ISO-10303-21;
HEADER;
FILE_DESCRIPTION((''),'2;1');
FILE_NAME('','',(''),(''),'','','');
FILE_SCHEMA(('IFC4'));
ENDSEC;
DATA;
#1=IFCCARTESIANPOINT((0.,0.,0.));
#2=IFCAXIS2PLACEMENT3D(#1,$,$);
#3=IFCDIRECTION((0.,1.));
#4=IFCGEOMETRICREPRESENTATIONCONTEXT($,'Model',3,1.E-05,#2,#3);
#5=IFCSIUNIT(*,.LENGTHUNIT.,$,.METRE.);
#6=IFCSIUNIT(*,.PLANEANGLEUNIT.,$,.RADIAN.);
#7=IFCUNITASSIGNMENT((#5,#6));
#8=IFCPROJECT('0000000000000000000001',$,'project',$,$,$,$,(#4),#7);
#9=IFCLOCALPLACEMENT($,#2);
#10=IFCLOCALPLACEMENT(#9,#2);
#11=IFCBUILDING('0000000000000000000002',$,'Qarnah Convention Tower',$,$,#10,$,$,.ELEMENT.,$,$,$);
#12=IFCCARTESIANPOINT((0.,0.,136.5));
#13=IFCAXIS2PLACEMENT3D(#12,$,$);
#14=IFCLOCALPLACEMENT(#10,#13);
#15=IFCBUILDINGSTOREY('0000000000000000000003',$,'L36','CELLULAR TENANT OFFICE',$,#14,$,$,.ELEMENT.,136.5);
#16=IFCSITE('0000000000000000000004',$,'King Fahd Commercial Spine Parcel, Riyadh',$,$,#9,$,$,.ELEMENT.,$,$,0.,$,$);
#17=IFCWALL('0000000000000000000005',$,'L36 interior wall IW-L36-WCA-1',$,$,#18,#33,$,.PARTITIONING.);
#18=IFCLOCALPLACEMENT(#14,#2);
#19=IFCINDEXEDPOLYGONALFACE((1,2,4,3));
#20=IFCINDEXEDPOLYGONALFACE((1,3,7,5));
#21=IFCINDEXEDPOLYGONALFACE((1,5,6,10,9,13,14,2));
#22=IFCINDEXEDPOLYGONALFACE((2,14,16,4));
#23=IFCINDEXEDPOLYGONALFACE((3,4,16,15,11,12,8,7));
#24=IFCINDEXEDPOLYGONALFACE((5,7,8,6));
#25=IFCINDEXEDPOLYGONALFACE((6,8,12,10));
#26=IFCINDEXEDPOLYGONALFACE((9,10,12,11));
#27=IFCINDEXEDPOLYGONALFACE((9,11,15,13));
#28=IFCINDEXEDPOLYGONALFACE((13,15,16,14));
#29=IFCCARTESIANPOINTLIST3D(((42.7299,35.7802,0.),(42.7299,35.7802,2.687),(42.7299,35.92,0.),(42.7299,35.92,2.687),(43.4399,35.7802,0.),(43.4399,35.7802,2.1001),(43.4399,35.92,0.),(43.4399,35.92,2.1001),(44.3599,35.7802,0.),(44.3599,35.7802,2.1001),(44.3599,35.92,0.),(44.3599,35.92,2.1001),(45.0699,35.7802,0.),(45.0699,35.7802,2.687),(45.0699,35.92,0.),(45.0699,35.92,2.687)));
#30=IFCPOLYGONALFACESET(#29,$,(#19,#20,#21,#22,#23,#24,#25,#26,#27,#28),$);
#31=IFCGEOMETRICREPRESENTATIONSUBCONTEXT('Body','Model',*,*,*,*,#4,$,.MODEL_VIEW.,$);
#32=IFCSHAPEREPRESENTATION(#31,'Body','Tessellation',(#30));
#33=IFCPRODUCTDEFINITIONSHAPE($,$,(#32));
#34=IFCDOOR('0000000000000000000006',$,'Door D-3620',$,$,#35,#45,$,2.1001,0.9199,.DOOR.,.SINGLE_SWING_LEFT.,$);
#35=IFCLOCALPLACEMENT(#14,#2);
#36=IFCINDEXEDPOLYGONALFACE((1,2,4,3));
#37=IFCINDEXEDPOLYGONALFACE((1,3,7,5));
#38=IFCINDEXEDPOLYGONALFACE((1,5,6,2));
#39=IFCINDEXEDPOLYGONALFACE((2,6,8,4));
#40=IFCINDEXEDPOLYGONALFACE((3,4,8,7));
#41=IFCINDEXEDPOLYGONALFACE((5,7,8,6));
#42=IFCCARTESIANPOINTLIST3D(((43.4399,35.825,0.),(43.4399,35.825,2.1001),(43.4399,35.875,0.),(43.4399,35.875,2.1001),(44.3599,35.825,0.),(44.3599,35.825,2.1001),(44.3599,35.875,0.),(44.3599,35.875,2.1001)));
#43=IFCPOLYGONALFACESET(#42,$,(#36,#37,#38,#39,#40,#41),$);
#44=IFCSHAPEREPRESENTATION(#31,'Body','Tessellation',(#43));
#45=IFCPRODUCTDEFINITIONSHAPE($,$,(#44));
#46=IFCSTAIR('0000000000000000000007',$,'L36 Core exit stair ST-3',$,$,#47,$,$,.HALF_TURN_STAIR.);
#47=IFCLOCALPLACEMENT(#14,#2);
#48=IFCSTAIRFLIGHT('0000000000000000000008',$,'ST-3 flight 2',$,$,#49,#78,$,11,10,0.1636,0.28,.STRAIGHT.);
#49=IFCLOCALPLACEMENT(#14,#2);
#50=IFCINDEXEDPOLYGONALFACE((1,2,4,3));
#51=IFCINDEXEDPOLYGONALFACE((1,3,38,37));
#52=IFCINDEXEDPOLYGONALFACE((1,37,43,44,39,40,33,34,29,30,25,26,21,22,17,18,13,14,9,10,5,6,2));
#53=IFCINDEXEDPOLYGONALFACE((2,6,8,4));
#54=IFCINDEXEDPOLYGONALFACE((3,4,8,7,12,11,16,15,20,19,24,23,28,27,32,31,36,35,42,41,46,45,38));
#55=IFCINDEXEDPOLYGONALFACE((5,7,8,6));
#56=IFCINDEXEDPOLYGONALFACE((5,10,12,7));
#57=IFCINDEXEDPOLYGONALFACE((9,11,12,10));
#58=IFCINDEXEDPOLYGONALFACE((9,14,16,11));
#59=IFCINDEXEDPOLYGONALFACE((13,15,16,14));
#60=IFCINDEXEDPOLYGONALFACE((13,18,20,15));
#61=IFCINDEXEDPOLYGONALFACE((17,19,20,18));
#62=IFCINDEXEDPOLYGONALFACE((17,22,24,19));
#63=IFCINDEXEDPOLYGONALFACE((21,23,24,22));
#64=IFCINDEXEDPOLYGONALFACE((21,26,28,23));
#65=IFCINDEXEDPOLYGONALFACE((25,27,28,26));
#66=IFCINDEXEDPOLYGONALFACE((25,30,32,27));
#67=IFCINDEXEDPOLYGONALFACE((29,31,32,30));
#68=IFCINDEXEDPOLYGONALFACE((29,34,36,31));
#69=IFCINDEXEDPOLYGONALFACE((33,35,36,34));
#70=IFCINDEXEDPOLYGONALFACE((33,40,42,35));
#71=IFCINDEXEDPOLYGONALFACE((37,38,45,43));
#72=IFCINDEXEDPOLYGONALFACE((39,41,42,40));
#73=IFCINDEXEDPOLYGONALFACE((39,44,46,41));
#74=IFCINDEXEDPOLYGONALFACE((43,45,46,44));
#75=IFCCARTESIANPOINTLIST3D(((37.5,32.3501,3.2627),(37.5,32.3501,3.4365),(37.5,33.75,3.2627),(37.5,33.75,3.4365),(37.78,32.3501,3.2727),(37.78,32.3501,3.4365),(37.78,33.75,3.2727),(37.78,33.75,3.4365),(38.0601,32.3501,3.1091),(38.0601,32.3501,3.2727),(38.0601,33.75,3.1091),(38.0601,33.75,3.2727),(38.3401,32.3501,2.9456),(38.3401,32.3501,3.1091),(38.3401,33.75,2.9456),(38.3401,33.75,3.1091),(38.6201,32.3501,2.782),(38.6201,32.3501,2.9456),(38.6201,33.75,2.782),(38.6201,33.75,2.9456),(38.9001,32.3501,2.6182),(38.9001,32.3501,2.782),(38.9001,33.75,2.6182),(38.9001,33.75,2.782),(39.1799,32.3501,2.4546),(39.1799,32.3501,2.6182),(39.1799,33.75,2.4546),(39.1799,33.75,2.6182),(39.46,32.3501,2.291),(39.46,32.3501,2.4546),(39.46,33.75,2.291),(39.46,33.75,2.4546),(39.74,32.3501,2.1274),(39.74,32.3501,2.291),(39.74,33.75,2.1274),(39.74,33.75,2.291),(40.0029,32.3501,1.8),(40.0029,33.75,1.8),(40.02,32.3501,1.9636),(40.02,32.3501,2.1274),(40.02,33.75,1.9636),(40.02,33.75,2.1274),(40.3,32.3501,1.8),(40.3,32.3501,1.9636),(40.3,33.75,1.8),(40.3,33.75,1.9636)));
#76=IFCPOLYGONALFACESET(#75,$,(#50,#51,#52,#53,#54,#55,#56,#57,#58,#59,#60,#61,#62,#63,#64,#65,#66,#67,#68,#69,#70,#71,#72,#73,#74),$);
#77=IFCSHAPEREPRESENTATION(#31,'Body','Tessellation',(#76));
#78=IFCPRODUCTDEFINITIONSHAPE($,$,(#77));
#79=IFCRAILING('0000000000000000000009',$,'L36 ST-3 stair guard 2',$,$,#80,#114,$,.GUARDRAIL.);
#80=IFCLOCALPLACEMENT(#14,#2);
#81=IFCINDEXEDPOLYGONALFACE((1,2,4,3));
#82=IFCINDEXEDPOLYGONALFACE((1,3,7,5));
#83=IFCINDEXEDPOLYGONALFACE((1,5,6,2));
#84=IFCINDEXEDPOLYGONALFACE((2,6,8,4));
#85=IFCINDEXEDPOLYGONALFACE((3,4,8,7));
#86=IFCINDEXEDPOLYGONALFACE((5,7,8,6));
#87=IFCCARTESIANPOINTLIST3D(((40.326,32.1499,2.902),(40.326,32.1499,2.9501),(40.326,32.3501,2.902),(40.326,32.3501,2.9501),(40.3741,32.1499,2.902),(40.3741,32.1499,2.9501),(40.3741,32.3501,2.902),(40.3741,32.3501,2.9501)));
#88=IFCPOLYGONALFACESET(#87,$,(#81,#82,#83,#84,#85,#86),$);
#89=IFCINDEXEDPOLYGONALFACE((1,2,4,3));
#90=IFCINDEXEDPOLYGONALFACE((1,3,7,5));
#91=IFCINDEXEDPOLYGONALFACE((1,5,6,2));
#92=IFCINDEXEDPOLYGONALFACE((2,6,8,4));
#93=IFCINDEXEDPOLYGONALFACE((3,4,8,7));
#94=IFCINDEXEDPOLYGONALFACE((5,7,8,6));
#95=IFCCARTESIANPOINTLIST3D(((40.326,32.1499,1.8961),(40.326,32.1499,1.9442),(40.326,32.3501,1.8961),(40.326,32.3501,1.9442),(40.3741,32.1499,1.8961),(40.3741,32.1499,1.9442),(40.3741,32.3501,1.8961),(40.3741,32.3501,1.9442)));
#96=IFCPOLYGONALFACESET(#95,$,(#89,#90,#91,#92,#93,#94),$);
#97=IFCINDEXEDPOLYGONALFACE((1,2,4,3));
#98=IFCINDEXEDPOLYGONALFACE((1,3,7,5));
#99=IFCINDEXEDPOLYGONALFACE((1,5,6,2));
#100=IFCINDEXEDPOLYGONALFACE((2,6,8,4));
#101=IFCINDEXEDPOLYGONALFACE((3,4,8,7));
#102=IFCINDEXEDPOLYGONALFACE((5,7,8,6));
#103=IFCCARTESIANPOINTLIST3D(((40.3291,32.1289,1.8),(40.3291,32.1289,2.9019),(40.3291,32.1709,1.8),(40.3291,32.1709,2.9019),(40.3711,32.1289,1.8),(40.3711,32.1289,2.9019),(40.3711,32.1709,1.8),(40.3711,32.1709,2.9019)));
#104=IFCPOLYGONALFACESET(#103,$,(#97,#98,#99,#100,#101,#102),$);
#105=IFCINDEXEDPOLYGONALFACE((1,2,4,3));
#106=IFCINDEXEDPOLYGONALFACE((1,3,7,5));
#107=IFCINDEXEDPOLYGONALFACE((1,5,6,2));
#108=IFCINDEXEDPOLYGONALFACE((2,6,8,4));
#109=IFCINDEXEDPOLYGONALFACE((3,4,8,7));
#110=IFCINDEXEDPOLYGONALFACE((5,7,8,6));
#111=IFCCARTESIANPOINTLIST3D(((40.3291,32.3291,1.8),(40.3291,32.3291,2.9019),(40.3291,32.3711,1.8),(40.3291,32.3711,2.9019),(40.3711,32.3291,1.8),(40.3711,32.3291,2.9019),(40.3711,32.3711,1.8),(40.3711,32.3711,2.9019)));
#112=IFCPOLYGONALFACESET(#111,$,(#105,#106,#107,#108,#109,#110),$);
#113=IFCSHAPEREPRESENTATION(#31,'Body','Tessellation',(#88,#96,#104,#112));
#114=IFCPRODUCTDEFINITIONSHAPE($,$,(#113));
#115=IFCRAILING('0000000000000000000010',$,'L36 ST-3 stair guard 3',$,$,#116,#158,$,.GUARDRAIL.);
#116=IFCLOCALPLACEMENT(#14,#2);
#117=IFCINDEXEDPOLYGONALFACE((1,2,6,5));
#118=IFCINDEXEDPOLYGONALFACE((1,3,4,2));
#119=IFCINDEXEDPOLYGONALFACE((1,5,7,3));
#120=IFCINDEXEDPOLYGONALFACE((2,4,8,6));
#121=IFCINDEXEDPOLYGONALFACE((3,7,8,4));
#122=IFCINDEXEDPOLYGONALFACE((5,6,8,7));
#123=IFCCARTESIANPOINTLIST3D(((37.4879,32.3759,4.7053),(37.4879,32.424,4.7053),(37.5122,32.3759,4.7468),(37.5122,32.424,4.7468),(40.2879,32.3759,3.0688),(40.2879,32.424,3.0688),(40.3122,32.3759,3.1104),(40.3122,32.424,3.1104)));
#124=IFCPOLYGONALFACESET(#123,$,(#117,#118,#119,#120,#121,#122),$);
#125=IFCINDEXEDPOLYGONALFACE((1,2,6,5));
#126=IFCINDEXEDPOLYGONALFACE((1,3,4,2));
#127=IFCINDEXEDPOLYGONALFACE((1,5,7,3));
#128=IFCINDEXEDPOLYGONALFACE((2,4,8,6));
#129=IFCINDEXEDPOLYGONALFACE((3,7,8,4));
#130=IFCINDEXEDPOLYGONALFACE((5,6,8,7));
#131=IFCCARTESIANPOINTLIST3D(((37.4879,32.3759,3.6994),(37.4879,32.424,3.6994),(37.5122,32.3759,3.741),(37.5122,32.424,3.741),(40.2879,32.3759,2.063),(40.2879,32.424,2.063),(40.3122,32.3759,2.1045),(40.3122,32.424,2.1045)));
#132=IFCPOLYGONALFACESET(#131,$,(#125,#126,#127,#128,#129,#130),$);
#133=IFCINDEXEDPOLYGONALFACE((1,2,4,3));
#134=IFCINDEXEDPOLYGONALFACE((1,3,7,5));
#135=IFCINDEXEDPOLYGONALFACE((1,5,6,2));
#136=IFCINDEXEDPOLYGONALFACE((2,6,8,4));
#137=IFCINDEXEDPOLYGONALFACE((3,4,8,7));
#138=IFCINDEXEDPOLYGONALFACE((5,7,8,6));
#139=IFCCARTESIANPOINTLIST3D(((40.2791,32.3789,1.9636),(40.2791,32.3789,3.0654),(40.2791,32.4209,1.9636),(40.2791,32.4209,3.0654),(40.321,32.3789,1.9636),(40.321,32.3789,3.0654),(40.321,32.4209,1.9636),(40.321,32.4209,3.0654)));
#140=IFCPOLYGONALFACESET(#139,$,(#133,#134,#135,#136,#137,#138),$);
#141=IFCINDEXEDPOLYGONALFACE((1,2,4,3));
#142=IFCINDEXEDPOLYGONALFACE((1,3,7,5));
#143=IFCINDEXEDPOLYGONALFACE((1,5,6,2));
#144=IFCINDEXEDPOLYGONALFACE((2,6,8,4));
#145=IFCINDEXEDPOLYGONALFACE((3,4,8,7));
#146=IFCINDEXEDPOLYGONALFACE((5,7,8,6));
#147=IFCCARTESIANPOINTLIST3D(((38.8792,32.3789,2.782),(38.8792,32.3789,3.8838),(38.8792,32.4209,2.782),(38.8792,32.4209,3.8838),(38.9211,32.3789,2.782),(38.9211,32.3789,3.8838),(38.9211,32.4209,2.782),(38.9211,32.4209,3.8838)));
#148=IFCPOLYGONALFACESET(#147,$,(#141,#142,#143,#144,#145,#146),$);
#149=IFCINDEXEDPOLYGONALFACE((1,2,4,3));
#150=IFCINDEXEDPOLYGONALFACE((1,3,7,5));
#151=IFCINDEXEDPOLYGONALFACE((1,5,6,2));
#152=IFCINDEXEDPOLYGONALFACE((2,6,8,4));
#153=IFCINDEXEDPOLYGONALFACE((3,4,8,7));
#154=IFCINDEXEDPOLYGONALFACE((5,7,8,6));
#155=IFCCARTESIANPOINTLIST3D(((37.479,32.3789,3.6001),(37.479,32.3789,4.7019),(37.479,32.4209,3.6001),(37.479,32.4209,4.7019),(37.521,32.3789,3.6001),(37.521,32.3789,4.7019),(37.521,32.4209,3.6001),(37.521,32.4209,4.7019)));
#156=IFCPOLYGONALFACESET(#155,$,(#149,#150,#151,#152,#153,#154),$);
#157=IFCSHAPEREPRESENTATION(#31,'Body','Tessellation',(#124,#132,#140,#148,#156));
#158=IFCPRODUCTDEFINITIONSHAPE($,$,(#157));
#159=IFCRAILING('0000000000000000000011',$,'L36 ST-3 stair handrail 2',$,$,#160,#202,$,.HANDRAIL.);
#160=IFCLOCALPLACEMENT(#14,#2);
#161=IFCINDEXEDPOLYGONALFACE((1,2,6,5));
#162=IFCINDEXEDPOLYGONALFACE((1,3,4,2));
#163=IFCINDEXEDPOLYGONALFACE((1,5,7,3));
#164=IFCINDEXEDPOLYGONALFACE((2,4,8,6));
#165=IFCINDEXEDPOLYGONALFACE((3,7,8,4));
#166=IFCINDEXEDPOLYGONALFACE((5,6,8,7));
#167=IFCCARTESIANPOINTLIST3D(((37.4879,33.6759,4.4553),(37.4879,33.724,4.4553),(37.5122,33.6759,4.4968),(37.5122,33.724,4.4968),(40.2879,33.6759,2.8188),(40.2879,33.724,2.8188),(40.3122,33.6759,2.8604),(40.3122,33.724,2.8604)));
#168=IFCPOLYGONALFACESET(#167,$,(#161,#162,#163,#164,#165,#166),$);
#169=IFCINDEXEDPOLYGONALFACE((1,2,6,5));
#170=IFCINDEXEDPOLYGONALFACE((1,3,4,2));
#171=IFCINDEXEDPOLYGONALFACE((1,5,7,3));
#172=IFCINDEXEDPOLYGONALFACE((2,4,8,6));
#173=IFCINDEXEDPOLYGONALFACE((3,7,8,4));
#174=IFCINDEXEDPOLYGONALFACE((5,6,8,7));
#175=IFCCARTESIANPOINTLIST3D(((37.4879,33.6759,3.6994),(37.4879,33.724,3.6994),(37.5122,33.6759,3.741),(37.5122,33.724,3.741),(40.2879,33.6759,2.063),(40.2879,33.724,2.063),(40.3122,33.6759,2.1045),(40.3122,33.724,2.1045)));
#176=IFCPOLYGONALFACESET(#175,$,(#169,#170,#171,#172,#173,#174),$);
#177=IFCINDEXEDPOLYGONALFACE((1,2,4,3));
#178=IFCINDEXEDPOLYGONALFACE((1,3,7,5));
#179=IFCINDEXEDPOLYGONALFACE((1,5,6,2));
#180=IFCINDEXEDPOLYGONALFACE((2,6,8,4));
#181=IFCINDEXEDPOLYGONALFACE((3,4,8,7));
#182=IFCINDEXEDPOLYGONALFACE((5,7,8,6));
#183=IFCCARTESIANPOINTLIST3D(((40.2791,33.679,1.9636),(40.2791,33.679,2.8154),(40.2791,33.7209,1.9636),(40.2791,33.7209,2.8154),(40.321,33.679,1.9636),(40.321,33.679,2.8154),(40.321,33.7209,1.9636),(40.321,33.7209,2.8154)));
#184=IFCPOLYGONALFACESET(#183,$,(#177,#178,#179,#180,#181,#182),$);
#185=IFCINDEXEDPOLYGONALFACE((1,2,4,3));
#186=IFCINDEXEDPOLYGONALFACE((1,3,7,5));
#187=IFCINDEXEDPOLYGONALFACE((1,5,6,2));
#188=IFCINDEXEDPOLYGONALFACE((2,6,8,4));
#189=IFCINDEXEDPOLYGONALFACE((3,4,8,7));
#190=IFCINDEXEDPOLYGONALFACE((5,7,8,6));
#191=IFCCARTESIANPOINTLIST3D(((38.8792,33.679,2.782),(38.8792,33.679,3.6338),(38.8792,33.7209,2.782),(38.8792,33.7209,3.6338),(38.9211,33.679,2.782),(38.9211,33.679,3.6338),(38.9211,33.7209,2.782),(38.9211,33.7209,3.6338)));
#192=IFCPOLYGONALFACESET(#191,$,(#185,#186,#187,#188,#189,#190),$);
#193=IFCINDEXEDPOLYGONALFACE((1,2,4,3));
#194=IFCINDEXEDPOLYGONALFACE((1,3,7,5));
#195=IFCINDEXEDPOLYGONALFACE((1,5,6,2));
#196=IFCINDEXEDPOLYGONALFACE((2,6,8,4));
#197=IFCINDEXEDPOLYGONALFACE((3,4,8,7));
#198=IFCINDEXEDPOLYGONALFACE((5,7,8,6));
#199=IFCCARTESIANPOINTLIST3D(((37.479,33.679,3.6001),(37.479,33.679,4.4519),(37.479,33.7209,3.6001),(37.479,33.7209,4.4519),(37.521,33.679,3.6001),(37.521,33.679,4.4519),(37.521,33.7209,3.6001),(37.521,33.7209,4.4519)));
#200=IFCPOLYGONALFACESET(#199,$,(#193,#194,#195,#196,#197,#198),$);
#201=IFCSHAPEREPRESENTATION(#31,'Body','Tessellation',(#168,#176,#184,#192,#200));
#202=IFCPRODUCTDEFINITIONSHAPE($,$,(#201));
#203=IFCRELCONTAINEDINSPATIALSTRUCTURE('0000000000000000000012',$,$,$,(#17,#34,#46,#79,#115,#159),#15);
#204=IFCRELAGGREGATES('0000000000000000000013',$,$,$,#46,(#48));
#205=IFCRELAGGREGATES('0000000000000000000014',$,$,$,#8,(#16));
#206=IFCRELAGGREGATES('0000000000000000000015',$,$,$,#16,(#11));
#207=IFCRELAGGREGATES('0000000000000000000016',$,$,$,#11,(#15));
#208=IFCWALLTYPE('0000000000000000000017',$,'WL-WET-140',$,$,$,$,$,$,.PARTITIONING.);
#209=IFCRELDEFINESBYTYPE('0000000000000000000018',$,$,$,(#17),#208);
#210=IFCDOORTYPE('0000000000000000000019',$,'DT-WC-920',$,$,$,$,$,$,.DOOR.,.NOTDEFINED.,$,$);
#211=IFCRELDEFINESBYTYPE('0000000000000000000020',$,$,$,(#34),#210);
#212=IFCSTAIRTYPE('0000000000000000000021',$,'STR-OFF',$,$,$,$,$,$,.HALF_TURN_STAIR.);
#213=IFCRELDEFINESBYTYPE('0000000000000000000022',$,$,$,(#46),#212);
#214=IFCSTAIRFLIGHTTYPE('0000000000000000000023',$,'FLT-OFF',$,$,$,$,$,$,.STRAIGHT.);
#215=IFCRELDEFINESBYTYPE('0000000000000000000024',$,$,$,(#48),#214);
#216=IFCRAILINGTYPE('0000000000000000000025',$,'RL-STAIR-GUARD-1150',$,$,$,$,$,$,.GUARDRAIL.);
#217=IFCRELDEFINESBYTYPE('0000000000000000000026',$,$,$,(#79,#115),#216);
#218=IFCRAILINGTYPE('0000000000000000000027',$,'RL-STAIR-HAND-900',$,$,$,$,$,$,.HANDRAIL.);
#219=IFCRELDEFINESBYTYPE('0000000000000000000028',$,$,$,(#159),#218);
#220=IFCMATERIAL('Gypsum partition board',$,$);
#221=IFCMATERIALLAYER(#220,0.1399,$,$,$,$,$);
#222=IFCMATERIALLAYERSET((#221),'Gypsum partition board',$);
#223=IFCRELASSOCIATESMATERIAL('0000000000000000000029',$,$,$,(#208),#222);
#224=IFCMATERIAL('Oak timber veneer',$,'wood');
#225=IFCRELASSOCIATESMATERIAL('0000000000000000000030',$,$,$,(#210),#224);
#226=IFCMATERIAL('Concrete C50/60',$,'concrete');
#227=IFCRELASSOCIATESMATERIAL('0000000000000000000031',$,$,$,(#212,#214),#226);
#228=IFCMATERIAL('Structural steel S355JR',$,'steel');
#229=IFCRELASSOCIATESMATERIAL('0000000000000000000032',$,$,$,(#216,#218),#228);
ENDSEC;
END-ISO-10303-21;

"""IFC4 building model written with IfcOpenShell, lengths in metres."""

from ifc_helpers import new_model, si_unit, direction, frame, frame_2d, origin, origin_2d, place, context, subcontext, project, spatial, polyline, rectangle, outline, extrude, material, layer, layer_set, type_object, element, fill, aggregate, save


model = new_model("IFC4")

# Units and contexts
model_context = context("Model", 3, precision=1e-05, world=origin(), true_north=direction((0.0, 1.0)))
body_context = subcontext(model_context, "Body", "Model", "MODEL_VIEW")
ifc_project = project(units=[si_unit("LENGTHUNIT", "METRE"), si_unit("PLANEANGLEUNIT", "RADIAN")], contexts=[model_context])

# Site, building, storey
site_placement = place(None, origin())
site = spatial("IfcSite", under=ifc_project, at=site_placement, Name="King Fahd Commercial Spine Parcel, Riyadh", CompositionType="ELEMENT", RefElevation=0.0)
building_placement = place(site_placement, origin())
building = spatial("IfcBuilding", under=site, at=building_placement, Name="Qarnah Convention Tower", CompositionType="ELEMENT")
storey_placement = place(building_placement, frame((0.0, 0.0, 136.5)))
storey = spatial("IfcBuildingStorey", under=building, at=storey_placement, Name="L36", Description="CELLULAR TENANT OFFICE", CompositionType="ELEMENT", Elevation=136.5)

# Shared definitions
ifc_material_1 = material(Name="Structural steel S355JR", Category="steel")

# Shared definitions
ifc_material_2 = material(Name="Gypsum partition board")

# Shared definitions
ifc_layer_1 = layer(ifc_material_2, 0.1399)
ifc_layer_set_1 = layer_set([ifc_layer_1], Name="Gypsum partition board")
wall_type_1 = type_object("IfcWallType", Name="WL-WET-140", PredefinedType="PARTITIONING", material=ifc_layer_set_1)
ifc_material_3 = material(Name="Oak timber veneer", Category="wood")
door_type_1 = type_object("IfcDoorType", Name="DT-WC-920", OperationType="NOTDEFINED", PredefinedType="DOOR", material=ifc_material_3)

# Wall, opening, door
wall_1_placement = place(storey_placement, frame((42.73, 35.8501, 0.0), z_axis=(0.0, 0.0, 1.0), x_axis=(1.0, 0.0, 0.0)))
wall_1 = element("IfcWall", 1, at=wall_1_placement, inside=storey, type_object=wall_type_1, Name="L36 interior wall IW-L36-WCA-1", PredefinedType="PARTITIONING", context=body_context, shape_type="SweptSolid", body=[
    extrude(rectangle(XDim=2.3401, YDim=0.1399, at=frame_2d((1.1699, 0.0))), origin(), (0.0, 0.0, 1.0), 2.687),
])
opening_1_placement = place(wall_1_placement, frame((0.71, 0.0, 0.0)))
opening_1 = element("IfcOpeningElement", 2, at=opening_1_placement, cuts=wall_1, PredefinedType="OPENING", context=body_context, shape_type="SweptSolid", body=[
    extrude(rectangle(XDim=0.9199, YDim=2.1001, at=frame_2d((0.46, 1.05))), frame((0.0, 0.0798, 0.0), z_axis=(0.0, -1.0, 0.0), x_axis=(1.0, 0.0, 0.0)), (0.0, 0.0, 1.0), 0.1599),
])
door_1_placement = place(opening_1_placement, origin())
door_1 = element("IfcDoor", 3, at=door_1_placement, inside=storey, type_object=door_type_1, Name="Door D-3620", OperationType="SINGLE_SWING_LEFT", OverallHeight=2.1001, OverallWidth=0.9199, PredefinedType="DOOR", context=body_context, shape_type="SweptSolid", body=[
    extrude(rectangle(XDim=0.9199, YDim=2.1001, at=frame_2d((0.46, 1.05))), frame((0.0, 0.0249, 0.0), z_axis=(0.0, -1.0, 0.0), x_axis=(1.0, 0.0, 0.0)), (0.0, 0.0, 1.0), 0.05),
])
fill(opening_1, door_1)

# Stair, stair flight
ifc_material_4 = material(Name="Concrete C50/60", Category="concrete")
stair_type = type_object("IfcStairType", Name="STR-OFF", PredefinedType="HALF_TURN_STAIR", material=ifc_material_4)
stair_placement = place(storey_placement, origin())
stair = element("IfcStair", 4, at=stair_placement, inside=storey, type_object=stair_type, Name="L36 Core exit stair ST-3", PredefinedType="HALF_TURN_STAIR")
stair_flight_type = type_object("IfcStairFlightType", Name="FLT-OFF", PredefinedType="STRAIGHT", material=ifc_material_4)
stair_flight_placement = place(storey_placement, frame((40.3, 33.05, 1.8), z_axis=(0.0, 0.0, 1.0), x_axis=(-1.0, 0.0, 0.0)))
stair_flight = element("IfcStairFlight", 5, at=stair_flight_placement, type_object=stair_flight_type, Name="ST-3 flight 2", NumberOfRisers=11, NumberOfTreads=10, PredefinedType="STRAIGHT", RiserHeight=0.1636, TreadLength=0.28, context=body_context, shape_type="SweptSolid", body=[
    extrude(outline(polyline([(0.0, 0.0), (0.0, 0.1636), (0.28, 0.1636), (0.28, 0.3274), (0.5601, 0.3274), (0.5601, 0.491), (0.8401, 0.491), (0.8401, 0.6545), (1.1201, 0.6545), (1.1201, 0.8181), (1.3999, 0.8181), (1.3999, 0.9819), (1.6799, 0.9819), (1.6799, 1.1455), (1.96, 1.1455), (1.96, 1.3091), (2.24, 1.3091), (2.24, 1.4727), (2.52, 1.4727), (2.52, 1.6365), (2.8, 1.6365), (2.8, 1.8), (2.8, 1.4626), (0.2971, 0.0), (0.0, 0.0)])), frame((0.0, 0.7, 0.0), z_axis=(0.0, -1.0, 0.0), x_axis=(1.0, 0.0, 0.0)), (0.0, 0.0, 1.0), 1.3999),
])
aggregate(stair, [stair_flight])

# Railings
railing_type_1 = type_object("IfcRailingType", Name="RL-STAIR-GUARD-1150", PredefinedType="GUARDRAIL", material=ifc_material_1)
railing_1_placement = place(storey_placement, frame((40.3501, 32.1499, 1.8)))
element("IfcRailing", 6, at=railing_1_placement, inside=storey, type_object=railing_type_1, Name="L36 ST-3 stair guard 2", PredefinedType="GUARDRAIL", context=body_context, shape_type="SweptSolid", body=[
    extrude(rectangle(XDim=0.0481, YDim=0.0481, at=origin_2d()), frame((0.0, 0.0, 1.126), z_axis=(0.0, 1.0, 0.0), x_axis=(-1.0, 0.0, 0.0)), (0.0, 0.0, 1.0), 0.2002),
    extrude(rectangle(XDim=0.0481, YDim=0.0481, at=origin_2d()), frame((0.0, 0.0, 0.1201), z_axis=(0.0, 1.0, 0.0), x_axis=(-1.0, 0.0, 0.0)), (0.0, 0.0, 1.0), 0.2002),
    extrude(rectangle(XDim=0.042, YDim=0.042, at=origin_2d()), origin(), (0.0, 0.0, 1.0), 1.1018),
    extrude(rectangle(XDim=0.042, YDim=0.042, at=origin_2d()), frame((0.0, 0.2002, 0.0)), (0.0, 0.0, 1.0), 1.1018),
])
railing_2_placement = place(storey_placement, frame((40.3, 32.3999, 1.9636)))
element("IfcRailing", 7, at=railing_2_placement, inside=storey, type_object=railing_type_1, Name="L36 ST-3 stair guard 3", PredefinedType="GUARDRAIL", context=body_context, shape_type="SweptSolid", body=[
    extrude(rectangle(XDim=0.0481, YDim=0.0481, at=origin_2d()), frame((0.0, 0.0, 1.126), z_axis=(-0.863361, 0.0, 0.504587), x_axis=(0.0, -1.0, 0.0)), (0.0, 0.0, 1.0), 3.2432),
    extrude(rectangle(XDim=0.0481, YDim=0.0481, at=origin_2d()), frame((0.0, 0.0, 0.1201), z_axis=(-0.863361, 0.0, 0.504587), x_axis=(0.0, -1.0, 0.0)), (0.0, 0.0, 1.0), 3.2432),
    extrude(rectangle(XDim=0.042, YDim=0.042, at=origin_2d()), origin(), (0.0, 0.0, 1.0), 1.1018),
    extrude(rectangle(XDim=0.042, YDim=0.042, at=origin_2d()), frame((-1.3999, 0.0, 0.8184)), (0.0, 0.0, 1.0), 1.1018),
    extrude(rectangle(XDim=0.042, YDim=0.042, at=origin_2d()), frame((-2.8, 0.0, 1.6365)), (0.0, 0.0, 1.0), 1.1018),
])
railing_type_2 = type_object("IfcRailingType", Name="RL-STAIR-HAND-900", PredefinedType="HANDRAIL", material=ifc_material_1)
railing_3_placement = place(storey_placement, frame((40.3, 33.7, 1.9636)))
element("IfcRailing", 8, at=railing_3_placement, inside=storey, type_object=railing_type_2, Name="L36 ST-3 stair handrail 2", PredefinedType="HANDRAIL", context=body_context, shape_type="SweptSolid", body=[
    extrude(rectangle(XDim=0.0481, YDim=0.0481, at=origin_2d()), frame((0.0, 0.0, 0.876), z_axis=(-0.863361, 0.0, 0.504587), x_axis=(0.0, -1.0, 0.0)), (0.0, 0.0, 1.0), 3.2432),
    extrude(rectangle(XDim=0.0481, YDim=0.0481, at=origin_2d()), frame((0.0, 0.0, 0.1201), z_axis=(-0.863361, 0.0, 0.504587), x_axis=(0.0, -1.0, 0.0)), (0.0, 0.0, 1.0), 3.2432),
    extrude(rectangle(XDim=0.042, YDim=0.042, at=origin_2d()), origin(), (0.0, 0.0, 1.0), 0.8518),
    extrude(rectangle(XDim=0.042, YDim=0.042, at=origin_2d()), frame((-1.3999, 0.0, 0.8184)), (0.0, 0.0, 1.0), 0.8518),
    extrude(rectangle(XDim=0.042, YDim=0.042, at=origin_2d()), frame((-2.8, 0.0, 1.6365)), (0.0, 0.0, 1.0), 0.8518),
])

save(model, "model.ifc")
